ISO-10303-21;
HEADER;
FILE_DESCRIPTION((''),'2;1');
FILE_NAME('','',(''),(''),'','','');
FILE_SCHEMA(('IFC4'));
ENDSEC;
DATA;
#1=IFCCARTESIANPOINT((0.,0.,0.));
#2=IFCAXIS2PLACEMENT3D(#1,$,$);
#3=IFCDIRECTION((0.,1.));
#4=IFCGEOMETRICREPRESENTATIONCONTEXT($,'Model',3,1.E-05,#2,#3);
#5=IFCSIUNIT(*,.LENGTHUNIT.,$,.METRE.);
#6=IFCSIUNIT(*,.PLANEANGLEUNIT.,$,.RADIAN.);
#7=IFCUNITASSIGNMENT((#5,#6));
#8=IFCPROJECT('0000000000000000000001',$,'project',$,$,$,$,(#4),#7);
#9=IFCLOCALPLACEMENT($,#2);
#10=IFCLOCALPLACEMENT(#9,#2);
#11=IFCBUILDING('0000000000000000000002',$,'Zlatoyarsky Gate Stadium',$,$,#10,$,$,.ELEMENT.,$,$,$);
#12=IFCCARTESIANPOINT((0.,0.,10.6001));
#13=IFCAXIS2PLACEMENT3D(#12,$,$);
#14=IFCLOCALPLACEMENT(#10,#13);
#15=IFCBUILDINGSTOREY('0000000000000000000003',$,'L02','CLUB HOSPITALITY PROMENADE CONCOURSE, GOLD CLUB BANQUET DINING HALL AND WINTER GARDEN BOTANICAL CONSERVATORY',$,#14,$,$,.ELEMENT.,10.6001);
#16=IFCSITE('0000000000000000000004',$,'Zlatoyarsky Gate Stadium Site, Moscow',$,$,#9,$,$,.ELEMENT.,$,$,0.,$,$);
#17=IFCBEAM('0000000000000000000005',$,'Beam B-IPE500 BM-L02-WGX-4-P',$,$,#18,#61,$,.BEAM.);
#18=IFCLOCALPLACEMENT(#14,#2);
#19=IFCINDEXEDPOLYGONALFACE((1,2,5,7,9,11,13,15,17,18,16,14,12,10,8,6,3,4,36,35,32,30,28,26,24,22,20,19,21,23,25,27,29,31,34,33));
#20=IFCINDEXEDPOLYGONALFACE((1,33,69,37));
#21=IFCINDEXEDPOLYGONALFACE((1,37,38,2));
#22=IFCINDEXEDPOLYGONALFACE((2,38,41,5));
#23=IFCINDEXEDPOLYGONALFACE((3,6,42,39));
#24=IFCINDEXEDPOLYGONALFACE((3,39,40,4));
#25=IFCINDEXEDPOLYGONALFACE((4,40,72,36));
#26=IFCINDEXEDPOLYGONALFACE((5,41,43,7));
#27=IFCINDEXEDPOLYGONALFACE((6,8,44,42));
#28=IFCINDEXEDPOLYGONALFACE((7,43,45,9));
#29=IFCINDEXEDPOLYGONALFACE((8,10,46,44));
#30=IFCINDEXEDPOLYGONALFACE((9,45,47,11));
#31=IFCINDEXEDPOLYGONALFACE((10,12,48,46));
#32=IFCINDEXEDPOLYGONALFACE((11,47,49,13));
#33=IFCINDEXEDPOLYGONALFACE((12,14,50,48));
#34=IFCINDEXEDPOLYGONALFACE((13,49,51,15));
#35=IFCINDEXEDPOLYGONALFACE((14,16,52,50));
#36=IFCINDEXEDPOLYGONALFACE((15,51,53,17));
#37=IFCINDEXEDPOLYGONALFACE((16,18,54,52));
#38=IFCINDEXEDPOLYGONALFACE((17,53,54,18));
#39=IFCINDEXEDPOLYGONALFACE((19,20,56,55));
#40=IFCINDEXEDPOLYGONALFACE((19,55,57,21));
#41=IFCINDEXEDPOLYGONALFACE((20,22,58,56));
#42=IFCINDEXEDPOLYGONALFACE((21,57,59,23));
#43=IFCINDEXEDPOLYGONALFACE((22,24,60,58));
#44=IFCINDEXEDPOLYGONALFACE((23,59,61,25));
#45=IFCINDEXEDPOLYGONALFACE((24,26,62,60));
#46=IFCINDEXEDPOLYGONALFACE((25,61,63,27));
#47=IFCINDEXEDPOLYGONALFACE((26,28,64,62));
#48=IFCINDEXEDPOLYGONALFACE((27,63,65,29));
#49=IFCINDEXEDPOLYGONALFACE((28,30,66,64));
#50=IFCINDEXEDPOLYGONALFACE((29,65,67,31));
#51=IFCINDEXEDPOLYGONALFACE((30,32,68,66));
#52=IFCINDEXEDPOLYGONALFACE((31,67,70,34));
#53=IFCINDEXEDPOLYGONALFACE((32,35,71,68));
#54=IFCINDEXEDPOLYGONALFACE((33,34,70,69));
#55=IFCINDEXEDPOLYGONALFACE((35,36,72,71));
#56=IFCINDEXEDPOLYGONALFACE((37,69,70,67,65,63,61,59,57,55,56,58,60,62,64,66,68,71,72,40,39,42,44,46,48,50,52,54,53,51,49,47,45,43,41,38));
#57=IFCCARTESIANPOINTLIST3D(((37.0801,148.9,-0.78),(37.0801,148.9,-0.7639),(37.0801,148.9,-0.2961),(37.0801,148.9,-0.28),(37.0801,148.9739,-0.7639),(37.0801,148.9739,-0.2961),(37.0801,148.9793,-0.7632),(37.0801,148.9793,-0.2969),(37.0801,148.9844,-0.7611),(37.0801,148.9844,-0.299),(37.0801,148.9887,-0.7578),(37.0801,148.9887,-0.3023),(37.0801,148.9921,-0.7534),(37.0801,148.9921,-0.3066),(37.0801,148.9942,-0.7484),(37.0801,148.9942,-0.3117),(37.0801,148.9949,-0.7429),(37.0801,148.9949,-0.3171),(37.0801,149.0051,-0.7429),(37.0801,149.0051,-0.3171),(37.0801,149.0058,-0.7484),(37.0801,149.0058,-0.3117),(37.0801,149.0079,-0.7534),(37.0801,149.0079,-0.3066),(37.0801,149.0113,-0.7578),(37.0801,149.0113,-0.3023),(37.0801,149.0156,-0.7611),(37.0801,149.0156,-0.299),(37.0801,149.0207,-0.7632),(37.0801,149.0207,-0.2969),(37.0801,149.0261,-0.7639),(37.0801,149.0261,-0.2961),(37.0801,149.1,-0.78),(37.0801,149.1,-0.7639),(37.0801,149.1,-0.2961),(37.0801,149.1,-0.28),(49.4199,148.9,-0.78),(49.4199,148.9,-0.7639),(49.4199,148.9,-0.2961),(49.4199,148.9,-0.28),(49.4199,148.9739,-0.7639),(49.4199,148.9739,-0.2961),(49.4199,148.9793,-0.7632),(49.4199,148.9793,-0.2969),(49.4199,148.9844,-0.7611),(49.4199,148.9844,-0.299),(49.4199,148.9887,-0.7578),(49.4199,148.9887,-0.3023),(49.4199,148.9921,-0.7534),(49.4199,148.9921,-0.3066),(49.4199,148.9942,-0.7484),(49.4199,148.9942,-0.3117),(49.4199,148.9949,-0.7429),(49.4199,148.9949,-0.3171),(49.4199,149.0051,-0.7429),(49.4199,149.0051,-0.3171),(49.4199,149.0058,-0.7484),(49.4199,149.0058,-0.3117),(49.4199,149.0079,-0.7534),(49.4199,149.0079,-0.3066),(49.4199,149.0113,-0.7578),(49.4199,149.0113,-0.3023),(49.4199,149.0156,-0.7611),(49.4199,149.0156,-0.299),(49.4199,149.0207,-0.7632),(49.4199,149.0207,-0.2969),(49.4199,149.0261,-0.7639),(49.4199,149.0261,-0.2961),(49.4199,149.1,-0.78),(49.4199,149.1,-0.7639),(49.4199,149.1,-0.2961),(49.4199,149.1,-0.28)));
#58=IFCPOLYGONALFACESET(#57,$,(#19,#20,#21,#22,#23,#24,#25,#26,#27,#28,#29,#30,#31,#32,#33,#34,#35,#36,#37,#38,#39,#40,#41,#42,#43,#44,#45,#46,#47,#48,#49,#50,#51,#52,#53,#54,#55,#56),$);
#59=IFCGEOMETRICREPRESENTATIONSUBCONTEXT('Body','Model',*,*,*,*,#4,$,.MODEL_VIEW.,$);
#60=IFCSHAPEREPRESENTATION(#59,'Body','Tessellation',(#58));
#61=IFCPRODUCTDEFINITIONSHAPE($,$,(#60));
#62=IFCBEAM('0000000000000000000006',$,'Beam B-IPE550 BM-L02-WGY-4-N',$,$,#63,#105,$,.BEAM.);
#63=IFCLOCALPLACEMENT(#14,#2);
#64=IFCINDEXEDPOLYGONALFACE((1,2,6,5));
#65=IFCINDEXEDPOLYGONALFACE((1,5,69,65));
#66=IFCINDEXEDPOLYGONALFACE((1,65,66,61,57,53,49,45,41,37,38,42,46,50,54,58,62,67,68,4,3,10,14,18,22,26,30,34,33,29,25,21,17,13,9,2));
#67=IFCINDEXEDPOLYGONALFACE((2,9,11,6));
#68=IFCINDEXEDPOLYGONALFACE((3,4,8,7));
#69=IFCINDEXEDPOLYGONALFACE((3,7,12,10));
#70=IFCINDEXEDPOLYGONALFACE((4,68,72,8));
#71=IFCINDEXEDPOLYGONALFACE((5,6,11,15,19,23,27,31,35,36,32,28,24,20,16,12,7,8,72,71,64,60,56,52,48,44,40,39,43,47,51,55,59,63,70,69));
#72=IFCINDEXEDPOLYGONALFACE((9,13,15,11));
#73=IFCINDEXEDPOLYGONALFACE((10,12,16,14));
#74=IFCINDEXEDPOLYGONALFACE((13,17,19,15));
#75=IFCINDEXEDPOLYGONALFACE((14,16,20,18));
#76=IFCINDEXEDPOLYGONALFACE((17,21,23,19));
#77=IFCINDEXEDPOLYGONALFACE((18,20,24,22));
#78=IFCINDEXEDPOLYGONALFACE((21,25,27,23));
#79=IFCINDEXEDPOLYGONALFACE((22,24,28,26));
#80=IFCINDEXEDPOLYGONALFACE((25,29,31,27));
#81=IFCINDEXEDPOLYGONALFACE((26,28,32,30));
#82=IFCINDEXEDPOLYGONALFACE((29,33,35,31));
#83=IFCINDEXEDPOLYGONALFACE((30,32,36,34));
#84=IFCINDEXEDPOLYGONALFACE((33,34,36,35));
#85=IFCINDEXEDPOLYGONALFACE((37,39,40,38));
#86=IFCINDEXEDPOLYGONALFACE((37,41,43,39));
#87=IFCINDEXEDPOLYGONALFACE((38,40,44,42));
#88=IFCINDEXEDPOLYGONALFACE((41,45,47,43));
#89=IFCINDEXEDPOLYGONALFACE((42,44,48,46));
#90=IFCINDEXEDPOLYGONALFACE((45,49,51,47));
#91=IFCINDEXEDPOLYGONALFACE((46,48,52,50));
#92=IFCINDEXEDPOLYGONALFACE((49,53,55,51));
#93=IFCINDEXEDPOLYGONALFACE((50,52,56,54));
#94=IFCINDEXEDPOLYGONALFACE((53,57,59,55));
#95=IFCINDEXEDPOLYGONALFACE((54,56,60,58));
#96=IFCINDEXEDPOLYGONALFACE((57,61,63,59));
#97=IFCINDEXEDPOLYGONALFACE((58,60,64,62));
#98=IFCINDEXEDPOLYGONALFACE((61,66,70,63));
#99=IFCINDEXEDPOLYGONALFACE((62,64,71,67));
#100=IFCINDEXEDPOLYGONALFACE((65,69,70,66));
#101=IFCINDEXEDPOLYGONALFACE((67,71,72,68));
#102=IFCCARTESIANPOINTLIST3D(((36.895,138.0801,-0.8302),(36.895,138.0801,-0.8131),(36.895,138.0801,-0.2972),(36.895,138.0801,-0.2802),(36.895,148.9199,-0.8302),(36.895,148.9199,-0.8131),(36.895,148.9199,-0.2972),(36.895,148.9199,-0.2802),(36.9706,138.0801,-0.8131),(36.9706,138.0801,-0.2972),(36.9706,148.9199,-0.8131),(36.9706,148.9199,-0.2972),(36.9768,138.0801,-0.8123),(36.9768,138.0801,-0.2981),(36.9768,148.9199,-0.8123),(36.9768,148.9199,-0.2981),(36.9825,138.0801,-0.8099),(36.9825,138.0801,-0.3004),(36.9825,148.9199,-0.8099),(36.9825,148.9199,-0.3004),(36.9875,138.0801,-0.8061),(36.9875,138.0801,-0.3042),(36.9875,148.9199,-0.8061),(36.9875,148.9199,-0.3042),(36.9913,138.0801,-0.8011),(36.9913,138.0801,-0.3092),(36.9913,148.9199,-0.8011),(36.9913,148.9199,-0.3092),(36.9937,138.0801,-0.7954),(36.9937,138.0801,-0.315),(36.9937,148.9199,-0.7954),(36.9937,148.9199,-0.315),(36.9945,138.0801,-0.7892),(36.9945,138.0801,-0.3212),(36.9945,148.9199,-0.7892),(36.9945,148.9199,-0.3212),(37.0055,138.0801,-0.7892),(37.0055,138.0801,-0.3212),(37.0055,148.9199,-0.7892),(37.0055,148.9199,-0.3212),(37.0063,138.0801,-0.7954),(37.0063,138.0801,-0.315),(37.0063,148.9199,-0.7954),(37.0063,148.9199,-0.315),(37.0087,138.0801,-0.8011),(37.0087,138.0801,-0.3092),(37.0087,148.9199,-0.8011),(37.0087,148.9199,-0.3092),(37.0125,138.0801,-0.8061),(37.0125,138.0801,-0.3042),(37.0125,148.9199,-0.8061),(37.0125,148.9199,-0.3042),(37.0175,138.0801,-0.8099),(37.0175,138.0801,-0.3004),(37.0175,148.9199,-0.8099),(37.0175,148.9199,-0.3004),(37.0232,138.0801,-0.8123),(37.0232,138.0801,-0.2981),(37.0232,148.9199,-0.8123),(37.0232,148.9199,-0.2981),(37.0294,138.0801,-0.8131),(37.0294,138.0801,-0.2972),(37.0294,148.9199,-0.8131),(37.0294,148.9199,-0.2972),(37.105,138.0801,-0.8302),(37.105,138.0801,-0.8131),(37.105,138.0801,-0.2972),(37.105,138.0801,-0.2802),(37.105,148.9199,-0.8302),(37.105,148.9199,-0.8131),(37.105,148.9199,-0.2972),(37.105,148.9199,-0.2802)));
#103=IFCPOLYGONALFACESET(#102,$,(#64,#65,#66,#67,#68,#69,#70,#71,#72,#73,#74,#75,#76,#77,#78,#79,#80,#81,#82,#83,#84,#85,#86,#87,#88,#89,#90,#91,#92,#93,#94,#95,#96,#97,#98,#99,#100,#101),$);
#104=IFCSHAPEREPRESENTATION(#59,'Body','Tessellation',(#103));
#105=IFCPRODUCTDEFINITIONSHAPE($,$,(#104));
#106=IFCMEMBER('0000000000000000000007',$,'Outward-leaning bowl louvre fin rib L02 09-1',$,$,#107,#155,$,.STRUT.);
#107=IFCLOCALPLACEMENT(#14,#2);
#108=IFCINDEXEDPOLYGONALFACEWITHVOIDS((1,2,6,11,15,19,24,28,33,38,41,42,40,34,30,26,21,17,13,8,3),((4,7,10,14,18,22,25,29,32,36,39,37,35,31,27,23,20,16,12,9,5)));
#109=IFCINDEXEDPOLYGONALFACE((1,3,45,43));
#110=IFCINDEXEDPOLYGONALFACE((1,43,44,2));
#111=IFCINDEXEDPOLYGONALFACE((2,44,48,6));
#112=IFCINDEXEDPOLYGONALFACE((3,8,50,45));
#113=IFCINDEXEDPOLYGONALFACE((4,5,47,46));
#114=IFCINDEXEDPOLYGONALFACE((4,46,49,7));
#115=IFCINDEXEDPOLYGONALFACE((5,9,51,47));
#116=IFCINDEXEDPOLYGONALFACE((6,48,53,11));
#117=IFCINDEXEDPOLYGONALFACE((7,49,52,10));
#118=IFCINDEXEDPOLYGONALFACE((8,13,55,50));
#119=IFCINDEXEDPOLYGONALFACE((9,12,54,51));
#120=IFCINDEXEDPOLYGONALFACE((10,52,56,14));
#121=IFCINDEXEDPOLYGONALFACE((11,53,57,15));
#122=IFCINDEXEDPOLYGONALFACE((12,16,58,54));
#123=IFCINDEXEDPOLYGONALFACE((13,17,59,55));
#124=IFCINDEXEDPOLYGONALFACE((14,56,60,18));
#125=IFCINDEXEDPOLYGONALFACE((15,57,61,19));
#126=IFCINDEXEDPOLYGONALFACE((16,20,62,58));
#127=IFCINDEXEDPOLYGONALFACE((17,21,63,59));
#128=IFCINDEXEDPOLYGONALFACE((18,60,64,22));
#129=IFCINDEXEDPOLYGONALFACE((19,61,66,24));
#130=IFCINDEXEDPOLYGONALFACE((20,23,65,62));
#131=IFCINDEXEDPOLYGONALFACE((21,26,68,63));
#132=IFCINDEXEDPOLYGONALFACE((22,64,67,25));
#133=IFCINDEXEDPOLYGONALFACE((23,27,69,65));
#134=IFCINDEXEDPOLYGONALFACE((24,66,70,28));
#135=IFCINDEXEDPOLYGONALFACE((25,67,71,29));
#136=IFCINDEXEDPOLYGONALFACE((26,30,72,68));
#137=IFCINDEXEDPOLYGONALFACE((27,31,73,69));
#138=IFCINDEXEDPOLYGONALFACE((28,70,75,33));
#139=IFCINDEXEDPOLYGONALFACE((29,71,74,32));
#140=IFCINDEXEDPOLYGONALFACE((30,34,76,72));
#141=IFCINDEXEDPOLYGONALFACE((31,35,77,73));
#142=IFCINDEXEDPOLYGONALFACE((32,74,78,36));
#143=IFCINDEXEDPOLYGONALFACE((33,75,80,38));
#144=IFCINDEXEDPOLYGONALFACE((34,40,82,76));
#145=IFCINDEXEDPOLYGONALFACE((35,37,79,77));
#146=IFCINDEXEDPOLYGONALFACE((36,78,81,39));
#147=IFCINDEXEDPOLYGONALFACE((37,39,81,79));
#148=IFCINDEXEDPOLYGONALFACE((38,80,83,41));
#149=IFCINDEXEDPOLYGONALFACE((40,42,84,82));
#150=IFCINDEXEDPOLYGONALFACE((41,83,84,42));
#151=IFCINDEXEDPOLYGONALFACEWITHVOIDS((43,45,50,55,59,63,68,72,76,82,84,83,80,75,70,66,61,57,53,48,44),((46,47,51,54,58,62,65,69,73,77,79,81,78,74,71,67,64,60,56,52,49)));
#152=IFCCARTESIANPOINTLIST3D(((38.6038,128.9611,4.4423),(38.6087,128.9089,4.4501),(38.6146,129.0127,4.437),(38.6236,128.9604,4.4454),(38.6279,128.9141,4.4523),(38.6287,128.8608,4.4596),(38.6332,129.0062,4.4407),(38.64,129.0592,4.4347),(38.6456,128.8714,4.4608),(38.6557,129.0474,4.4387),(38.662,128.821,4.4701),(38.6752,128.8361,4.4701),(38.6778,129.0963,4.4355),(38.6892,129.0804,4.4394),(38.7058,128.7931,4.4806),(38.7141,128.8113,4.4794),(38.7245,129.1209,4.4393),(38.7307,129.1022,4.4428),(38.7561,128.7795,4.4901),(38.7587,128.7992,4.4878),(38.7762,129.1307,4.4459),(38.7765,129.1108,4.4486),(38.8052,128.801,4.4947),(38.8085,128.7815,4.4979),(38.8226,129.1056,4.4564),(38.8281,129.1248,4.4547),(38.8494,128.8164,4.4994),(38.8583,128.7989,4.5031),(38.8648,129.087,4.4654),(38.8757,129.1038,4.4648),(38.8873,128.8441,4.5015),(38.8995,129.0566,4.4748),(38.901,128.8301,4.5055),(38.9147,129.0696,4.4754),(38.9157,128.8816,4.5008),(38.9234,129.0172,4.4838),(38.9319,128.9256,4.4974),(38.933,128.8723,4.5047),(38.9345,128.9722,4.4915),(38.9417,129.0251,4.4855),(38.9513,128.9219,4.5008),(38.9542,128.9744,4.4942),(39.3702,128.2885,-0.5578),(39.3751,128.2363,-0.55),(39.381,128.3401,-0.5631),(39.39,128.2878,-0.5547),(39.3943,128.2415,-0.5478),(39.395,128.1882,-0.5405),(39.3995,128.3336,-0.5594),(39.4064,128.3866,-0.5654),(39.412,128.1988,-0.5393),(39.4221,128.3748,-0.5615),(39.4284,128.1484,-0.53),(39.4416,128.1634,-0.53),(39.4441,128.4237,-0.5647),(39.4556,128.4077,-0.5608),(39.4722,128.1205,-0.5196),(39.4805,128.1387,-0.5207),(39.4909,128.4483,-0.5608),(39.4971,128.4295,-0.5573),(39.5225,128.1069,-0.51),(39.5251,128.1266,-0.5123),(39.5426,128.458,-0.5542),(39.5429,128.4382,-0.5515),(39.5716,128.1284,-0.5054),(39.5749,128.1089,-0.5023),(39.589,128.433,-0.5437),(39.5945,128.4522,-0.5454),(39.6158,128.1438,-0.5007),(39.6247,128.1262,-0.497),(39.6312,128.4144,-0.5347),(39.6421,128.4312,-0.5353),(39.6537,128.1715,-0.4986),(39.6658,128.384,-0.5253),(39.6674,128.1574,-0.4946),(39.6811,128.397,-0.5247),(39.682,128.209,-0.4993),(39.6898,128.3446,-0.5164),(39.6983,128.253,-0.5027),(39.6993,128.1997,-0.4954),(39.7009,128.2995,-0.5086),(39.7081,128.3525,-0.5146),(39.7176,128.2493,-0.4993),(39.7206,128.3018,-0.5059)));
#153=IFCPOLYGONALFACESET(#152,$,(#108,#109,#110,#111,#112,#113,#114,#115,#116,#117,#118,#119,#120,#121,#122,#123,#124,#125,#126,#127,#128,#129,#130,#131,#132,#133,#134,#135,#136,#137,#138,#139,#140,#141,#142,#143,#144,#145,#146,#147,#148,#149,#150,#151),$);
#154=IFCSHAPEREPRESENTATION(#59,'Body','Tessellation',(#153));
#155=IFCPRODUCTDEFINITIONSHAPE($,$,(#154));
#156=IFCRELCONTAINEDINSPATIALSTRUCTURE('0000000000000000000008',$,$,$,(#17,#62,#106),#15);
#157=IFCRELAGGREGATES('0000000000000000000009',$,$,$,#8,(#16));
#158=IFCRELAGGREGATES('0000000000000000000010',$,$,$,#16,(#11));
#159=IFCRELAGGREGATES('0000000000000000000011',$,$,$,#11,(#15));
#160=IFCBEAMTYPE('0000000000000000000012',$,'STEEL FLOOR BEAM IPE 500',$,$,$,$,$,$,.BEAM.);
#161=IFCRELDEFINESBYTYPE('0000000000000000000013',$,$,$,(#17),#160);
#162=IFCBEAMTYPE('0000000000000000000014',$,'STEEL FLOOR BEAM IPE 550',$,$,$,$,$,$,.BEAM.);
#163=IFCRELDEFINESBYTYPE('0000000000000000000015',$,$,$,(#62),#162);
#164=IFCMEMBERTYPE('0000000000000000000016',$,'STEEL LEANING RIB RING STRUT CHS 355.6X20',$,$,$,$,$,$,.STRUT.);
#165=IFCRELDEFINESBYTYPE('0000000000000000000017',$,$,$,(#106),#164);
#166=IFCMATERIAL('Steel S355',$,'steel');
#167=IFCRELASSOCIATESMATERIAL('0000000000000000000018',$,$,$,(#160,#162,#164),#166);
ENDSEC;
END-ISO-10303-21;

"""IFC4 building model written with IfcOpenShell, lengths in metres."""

from ifc_helpers import new_model, si_unit, direction, frame, origin, origin_2d, place, context, subcontext, project, spatial, hollow_circle, i_section, extrude, material, material_profile, profile_set, type_object, element, save


model = new_model("IFC4")

# Units and contexts
model_context = context("Model", 3, precision=1e-05, world=origin(), true_north=direction((0.0, 1.0)))
body_context = subcontext(model_context, "Body", "Model", "MODEL_VIEW")
ifc_project = project(units=[si_unit("LENGTHUNIT", "METRE"), si_unit("PLANEANGLEUNIT", "RADIAN")], contexts=[model_context])

# Site, building, storey
site_placement = place(None, origin())
site = spatial("IfcSite", under=ifc_project, at=site_placement, Name="Zlatoyarsky Gate Stadium Site, Moscow", CompositionType="ELEMENT", RefElevation=0.0)
building_placement = place(site_placement, origin())
building = spatial("IfcBuilding", under=site, at=building_placement, Name="Zlatoyarsky Gate Stadium", CompositionType="ELEMENT")
storey_placement = place(building_placement, frame((0.0, 0.0, 10.6001)))
storey = spatial("IfcBuildingStorey", under=building, at=storey_placement, Name="L02", Description="CLUB HOSPITALITY PROMENADE CONCOURSE, GOLD CLUB BANQUET DINING HALL AND WINTER GARDEN BOTANICAL CONSERVATORY", CompositionType="ELEMENT", Elevation=10.6001)

# Beams
ifc_material_1 = material(Name="Steel S355", Category="steel")
ifc_material_profile_1 = material_profile(ifc_material_1, i_section(OverallWidth=0.2, OverallDepth=0.5, WebThickness=0.0103, FlangeThickness=0.0161, FilletRadius=0.021, at=origin_2d()), Name="IPE 500")
ifc_profile_set_1 = profile_set([ifc_material_profile_1], Name="Steel S355")
beam_type_1 = type_object("IfcBeamType", Name="STEEL FLOOR BEAM IPE 500", PredefinedType="BEAM", material=ifc_profile_set_1)
for number, where, z_axis, x_axis, name in (
    (1, (37.0801, 149.0, -0.53), (1.0, 0.0, 0.0), (0.0, 1.0, 0.0), "Beam B-IPE500 BM-L02-WGX-4-P"),
):
    element("IfcBeam", number, at=place(storey_placement, frame(where, z_axis=z_axis, x_axis=x_axis)), inside=storey, type_object=beam_type_1, Name=name, PredefinedType="BEAM", context=body_context, shape_type="SweptSolid", body=[
        extrude(i_section(OverallWidth=0.2, OverallDepth=0.5, WebThickness=0.0103, FlangeThickness=0.0161, FilletRadius=0.021, at=origin_2d()), origin(), (0.0, 0.0, 1.0), 12.3398),
    ])
ifc_material_profile_2 = material_profile(ifc_material_1, i_section(OverallWidth=0.21, OverallDepth=0.55, WebThickness=0.011, FlangeThickness=0.0171, FilletRadius=0.0239, at=origin_2d()), Name="IPE 550")
ifc_profile_set_2 = profile_set([ifc_material_profile_2], Name="Steel S355")
beam_type_2 = type_object("IfcBeamType", Name="STEEL FLOOR BEAM IPE 550", PredefinedType="BEAM", material=ifc_profile_set_2)
beam_placement = place(storey_placement, frame((37.0, 138.0801, -0.5552), z_axis=(0.0, 1.0, 0.0), x_axis=(-1.0, 0.0, 0.0)))
element("IfcBeam", 2, at=beam_placement, inside=storey, type_object=beam_type_2, Name="Beam B-IPE550 BM-L02-WGY-4-N", PredefinedType="BEAM", context=body_context, shape_type="SweptSolid", body=[
    extrude(i_section(OverallWidth=0.21, OverallDepth=0.55, WebThickness=0.011, FlangeThickness=0.0171, FilletRadius=0.0239, at=origin_2d()), origin(), (0.0, 0.0, 1.0), 10.8398),
])

# Member
ifc_material_profile_3 = material_profile(ifc_material_1, hollow_circle(Radius=0.1777, WallThickness=0.02, at=origin_2d()), Name="CHS 355.6X20")
ifc_profile_set_3 = profile_set([ifc_material_profile_3], Name="Steel S355")
member_type_1 = type_object("IfcMemberType", Name="STEEL LEANING RIB RING STRUT CHS 355.6X20", PredefinedType="STRUT", material=ifc_profile_set_3)
member_1_placement = place(storey_placement, frame((39.5457, 128.282, -0.53), z_axis=(-0.15018, 0.131809, 0.979833), x_axis=(-0.65964, -0.751582, 0.0)))
element("IfcMember", 3, at=member_1_placement, inside=storey, type_object=member_type_1, Name="Outward-leaning bowl louvre fin rib L02 09-1", PredefinedType="STRUT", context=body_context, shape_type="SweptSolid", body=[
    extrude(hollow_circle(Radius=0.1777, WallThickness=0.02, at=origin_2d()), origin(), (0.0, 0.0, 1.0), 5.103),
])

save(model, "model.ifc")
